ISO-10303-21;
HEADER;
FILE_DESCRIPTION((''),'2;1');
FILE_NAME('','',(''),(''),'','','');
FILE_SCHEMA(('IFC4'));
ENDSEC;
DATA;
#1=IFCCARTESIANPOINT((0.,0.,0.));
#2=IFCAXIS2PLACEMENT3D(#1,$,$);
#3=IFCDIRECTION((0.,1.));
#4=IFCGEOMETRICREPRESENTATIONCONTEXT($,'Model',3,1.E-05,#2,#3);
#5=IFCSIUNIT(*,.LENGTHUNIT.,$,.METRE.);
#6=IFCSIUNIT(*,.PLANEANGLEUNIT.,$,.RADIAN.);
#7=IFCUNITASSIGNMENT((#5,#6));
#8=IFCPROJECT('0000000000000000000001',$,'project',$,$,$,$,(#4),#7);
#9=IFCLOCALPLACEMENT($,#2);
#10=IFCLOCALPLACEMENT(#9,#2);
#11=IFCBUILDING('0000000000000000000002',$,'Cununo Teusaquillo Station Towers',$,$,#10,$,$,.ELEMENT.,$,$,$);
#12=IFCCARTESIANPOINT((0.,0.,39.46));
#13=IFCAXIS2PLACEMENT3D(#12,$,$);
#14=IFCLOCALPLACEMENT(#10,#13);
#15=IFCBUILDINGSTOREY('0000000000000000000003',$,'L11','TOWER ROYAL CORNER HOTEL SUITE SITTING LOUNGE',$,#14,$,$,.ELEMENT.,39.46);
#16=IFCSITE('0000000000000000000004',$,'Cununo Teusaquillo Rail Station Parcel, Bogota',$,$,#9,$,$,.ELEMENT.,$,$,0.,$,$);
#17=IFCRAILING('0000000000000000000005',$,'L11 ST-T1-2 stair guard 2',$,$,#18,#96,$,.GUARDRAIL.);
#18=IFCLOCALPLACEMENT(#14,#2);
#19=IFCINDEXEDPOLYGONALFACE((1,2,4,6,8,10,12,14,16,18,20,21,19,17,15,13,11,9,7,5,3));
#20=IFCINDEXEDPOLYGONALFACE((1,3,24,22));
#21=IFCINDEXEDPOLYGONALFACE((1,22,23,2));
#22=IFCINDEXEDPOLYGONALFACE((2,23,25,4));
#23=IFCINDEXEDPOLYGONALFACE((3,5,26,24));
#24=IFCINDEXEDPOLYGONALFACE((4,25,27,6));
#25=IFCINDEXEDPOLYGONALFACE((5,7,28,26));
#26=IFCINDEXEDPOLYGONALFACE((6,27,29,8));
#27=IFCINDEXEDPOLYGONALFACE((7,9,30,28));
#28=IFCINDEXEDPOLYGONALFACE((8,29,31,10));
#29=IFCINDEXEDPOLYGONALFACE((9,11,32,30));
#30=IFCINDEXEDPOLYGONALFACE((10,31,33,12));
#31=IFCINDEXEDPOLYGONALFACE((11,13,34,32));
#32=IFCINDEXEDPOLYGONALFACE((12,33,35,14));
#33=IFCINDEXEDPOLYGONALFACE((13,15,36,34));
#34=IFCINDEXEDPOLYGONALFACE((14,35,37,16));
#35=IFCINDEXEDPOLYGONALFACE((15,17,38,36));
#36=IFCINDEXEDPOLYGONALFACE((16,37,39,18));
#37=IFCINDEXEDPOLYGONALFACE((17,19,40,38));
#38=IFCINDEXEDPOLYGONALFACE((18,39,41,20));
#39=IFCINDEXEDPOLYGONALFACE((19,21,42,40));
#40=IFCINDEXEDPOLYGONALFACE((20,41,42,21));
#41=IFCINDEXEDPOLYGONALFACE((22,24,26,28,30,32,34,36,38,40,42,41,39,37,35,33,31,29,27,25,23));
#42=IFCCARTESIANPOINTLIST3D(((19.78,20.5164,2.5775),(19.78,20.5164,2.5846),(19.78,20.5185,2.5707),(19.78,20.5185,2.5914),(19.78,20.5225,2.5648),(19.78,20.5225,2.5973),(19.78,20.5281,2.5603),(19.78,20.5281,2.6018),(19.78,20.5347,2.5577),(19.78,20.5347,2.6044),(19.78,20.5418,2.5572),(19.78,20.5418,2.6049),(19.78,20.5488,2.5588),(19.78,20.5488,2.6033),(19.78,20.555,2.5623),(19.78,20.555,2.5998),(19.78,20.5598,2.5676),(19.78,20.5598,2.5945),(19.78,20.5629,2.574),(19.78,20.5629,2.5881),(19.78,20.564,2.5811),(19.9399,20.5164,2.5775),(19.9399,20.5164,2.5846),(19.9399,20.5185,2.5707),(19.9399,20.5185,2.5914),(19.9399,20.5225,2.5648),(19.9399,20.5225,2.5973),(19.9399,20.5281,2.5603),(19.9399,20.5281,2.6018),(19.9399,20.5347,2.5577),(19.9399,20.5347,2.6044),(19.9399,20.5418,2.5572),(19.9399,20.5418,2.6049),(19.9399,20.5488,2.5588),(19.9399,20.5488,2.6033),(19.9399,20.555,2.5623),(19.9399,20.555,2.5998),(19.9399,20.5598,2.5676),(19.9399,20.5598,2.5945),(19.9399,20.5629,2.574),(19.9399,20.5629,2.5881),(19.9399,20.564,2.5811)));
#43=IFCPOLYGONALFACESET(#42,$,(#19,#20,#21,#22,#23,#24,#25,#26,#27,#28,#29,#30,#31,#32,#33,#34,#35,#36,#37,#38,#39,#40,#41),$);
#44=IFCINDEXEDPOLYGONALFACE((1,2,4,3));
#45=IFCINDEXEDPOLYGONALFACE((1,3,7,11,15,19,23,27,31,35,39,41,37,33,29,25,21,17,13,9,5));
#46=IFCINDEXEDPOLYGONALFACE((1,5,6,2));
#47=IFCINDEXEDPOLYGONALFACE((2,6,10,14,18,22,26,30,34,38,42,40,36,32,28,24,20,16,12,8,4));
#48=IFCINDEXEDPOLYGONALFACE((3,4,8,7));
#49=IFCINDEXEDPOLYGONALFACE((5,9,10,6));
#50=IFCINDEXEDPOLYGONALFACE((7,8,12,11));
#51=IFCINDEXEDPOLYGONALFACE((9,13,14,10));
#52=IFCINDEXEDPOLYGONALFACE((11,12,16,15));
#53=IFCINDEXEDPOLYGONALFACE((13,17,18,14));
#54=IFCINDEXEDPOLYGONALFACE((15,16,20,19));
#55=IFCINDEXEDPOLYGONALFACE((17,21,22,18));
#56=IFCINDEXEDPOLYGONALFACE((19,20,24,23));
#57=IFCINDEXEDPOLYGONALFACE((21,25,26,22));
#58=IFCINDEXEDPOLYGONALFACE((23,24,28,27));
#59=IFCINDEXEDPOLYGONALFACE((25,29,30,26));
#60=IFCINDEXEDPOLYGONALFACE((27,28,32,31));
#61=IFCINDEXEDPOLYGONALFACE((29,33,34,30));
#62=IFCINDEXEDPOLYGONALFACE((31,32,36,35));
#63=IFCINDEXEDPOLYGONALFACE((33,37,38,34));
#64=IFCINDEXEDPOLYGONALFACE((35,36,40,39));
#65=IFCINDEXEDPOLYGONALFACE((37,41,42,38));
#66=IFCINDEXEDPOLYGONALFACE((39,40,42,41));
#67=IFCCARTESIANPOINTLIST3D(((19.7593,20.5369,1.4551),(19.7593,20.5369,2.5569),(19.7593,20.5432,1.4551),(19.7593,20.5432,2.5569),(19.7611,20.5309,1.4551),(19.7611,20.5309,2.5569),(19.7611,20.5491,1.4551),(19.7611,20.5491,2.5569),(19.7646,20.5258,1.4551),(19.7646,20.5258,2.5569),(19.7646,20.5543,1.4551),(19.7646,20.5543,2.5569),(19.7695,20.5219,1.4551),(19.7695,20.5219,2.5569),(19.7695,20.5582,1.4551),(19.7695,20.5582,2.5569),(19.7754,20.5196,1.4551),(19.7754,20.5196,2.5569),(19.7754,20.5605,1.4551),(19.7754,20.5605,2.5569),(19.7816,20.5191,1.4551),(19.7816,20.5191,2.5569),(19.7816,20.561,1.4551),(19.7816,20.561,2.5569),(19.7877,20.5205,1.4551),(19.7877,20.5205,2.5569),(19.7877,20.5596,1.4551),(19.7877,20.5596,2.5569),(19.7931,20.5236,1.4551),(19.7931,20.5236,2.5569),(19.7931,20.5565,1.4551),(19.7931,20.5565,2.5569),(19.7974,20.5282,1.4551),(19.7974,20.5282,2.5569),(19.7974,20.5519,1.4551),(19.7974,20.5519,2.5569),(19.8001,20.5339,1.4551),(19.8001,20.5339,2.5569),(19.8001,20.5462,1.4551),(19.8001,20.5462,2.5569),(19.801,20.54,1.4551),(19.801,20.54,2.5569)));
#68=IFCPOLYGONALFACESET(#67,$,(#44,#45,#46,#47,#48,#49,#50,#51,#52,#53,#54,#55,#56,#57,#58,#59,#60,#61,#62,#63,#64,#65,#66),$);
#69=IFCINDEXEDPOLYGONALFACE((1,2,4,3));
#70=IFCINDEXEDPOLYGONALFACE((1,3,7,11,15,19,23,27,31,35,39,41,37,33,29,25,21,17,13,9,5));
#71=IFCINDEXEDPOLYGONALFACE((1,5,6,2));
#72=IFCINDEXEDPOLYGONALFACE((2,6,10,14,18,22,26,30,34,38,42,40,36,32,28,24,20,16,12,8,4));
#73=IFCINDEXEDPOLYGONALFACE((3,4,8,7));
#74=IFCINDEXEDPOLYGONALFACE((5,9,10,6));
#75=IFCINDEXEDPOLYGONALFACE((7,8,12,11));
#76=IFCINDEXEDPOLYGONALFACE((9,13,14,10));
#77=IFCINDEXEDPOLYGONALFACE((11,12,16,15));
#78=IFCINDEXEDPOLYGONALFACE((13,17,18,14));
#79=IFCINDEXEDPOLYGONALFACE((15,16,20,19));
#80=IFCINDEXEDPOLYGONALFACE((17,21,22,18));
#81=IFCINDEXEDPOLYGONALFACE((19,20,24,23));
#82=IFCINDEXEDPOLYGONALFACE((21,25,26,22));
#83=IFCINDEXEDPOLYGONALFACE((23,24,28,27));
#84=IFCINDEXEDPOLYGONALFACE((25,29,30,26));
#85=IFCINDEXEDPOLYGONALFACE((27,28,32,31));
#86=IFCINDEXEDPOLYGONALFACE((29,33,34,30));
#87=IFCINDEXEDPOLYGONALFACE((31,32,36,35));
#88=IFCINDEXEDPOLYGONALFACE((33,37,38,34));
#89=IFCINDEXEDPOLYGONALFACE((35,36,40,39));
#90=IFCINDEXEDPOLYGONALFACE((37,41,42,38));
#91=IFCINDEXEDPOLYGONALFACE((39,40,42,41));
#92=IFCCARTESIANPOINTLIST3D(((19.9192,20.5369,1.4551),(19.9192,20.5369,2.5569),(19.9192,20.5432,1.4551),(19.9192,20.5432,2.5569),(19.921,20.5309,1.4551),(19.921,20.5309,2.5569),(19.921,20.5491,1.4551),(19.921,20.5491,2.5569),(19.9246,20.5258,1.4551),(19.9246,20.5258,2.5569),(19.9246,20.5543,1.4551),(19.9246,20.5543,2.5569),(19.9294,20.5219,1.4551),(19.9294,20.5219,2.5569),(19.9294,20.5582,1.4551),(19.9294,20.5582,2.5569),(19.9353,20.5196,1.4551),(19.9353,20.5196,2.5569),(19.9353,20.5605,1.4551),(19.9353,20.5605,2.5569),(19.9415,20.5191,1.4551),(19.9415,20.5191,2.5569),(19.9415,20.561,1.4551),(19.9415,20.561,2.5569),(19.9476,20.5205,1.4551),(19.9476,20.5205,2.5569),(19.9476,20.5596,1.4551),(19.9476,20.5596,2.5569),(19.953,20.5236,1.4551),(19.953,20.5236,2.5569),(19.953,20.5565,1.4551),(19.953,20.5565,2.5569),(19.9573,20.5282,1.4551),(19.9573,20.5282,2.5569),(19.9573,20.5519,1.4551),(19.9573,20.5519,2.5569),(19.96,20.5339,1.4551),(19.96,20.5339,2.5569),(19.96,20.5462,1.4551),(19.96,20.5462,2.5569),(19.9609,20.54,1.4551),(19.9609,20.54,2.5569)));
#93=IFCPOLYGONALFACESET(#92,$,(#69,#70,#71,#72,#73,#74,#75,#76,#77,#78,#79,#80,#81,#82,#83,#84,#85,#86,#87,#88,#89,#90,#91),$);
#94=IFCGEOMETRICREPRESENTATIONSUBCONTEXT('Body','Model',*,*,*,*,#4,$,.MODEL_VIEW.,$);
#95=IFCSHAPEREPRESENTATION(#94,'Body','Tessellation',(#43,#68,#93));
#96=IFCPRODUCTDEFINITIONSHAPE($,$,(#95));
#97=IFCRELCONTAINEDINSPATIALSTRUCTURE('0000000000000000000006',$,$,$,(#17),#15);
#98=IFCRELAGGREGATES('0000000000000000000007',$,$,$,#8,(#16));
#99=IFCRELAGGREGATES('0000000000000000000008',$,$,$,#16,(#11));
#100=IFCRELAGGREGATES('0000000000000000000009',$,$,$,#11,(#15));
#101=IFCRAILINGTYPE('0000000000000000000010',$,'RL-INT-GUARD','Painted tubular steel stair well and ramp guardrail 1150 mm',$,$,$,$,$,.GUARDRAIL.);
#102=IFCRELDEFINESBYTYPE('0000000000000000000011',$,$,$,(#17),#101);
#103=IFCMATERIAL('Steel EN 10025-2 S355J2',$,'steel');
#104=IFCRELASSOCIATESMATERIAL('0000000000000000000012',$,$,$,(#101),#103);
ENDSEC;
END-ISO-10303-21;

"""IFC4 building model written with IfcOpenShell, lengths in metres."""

from ifc_helpers import new_model, si_unit, direction, frame, origin, origin_2d, place, context, subcontext, project, spatial, circle, extrude, material, type_object, element, save


model = new_model("IFC4")

# Units and contexts
model_context = context("Model", 3, precision=1e-05, world=origin(), true_north=direction((0.0, 1.0)))
body_context = subcontext(model_context, "Body", "Model", "MODEL_VIEW")
ifc_project = project(units=[si_unit("LENGTHUNIT", "METRE"), si_unit("PLANEANGLEUNIT", "RADIAN")], contexts=[model_context])

# Site, building, storey
site_placement = place(None, origin())
site = spatial("IfcSite", under=ifc_project, at=site_placement, Name="Cununo Teusaquillo Rail Station Parcel, Bogota", CompositionType="ELEMENT", RefElevation=0.0)
building_placement = place(site_placement, origin())
building = spatial("IfcBuilding", under=site, at=building_placement, Name="Cununo Teusaquillo Station Towers", CompositionType="ELEMENT")
storey_placement = place(building_placement, frame((0.0, 0.0, 39.46)))
storey = spatial("IfcBuildingStorey", under=building, at=storey_placement, Name="L11", Description="TOWER ROYAL CORNER HOTEL SUITE SITTING LOUNGE", CompositionType="ELEMENT", Elevation=39.46)

# Railing
ifc_material_1 = material(Name="Steel EN 10025-2 S355J2", Category="steel")
railing_type_1 = type_object("IfcRailingType", Name="RL-INT-GUARD", Description="Painted tubular steel stair well and ramp guardrail 1150 mm", PredefinedType="GUARDRAIL", material=ifc_material_1)
railing_1_placement = place(storey_placement, frame((19.78, 20.54, 1.4551)))
element("IfcRailing", 1, at=railing_1_placement, inside=storey, type_object=railing_type_1, Name="L11 ST-T1-2 stair guard 2", PredefinedType="GUARDRAIL", context=body_context, shape_type="SweptSolid", body=[
    extrude(circle(Radius=0.0239, at=origin_2d()), frame((0.0, 0.0, 1.126), z_axis=(1.0, 0.0, 0.0), x_axis=(0.0, 1.0, 0.0)), (0.0, 0.0, 1.0), 0.1599),
    extrude(circle(Radius=0.021, at=origin_2d()), origin(), (0.0, 0.0, 1.0), 1.1018),
    extrude(circle(Radius=0.021, at=origin_2d()), frame((0.1599, 0.0, 0.0)), (0.0, 0.0, 1.0), 1.1018),
])

save(model, "model.ifc")
